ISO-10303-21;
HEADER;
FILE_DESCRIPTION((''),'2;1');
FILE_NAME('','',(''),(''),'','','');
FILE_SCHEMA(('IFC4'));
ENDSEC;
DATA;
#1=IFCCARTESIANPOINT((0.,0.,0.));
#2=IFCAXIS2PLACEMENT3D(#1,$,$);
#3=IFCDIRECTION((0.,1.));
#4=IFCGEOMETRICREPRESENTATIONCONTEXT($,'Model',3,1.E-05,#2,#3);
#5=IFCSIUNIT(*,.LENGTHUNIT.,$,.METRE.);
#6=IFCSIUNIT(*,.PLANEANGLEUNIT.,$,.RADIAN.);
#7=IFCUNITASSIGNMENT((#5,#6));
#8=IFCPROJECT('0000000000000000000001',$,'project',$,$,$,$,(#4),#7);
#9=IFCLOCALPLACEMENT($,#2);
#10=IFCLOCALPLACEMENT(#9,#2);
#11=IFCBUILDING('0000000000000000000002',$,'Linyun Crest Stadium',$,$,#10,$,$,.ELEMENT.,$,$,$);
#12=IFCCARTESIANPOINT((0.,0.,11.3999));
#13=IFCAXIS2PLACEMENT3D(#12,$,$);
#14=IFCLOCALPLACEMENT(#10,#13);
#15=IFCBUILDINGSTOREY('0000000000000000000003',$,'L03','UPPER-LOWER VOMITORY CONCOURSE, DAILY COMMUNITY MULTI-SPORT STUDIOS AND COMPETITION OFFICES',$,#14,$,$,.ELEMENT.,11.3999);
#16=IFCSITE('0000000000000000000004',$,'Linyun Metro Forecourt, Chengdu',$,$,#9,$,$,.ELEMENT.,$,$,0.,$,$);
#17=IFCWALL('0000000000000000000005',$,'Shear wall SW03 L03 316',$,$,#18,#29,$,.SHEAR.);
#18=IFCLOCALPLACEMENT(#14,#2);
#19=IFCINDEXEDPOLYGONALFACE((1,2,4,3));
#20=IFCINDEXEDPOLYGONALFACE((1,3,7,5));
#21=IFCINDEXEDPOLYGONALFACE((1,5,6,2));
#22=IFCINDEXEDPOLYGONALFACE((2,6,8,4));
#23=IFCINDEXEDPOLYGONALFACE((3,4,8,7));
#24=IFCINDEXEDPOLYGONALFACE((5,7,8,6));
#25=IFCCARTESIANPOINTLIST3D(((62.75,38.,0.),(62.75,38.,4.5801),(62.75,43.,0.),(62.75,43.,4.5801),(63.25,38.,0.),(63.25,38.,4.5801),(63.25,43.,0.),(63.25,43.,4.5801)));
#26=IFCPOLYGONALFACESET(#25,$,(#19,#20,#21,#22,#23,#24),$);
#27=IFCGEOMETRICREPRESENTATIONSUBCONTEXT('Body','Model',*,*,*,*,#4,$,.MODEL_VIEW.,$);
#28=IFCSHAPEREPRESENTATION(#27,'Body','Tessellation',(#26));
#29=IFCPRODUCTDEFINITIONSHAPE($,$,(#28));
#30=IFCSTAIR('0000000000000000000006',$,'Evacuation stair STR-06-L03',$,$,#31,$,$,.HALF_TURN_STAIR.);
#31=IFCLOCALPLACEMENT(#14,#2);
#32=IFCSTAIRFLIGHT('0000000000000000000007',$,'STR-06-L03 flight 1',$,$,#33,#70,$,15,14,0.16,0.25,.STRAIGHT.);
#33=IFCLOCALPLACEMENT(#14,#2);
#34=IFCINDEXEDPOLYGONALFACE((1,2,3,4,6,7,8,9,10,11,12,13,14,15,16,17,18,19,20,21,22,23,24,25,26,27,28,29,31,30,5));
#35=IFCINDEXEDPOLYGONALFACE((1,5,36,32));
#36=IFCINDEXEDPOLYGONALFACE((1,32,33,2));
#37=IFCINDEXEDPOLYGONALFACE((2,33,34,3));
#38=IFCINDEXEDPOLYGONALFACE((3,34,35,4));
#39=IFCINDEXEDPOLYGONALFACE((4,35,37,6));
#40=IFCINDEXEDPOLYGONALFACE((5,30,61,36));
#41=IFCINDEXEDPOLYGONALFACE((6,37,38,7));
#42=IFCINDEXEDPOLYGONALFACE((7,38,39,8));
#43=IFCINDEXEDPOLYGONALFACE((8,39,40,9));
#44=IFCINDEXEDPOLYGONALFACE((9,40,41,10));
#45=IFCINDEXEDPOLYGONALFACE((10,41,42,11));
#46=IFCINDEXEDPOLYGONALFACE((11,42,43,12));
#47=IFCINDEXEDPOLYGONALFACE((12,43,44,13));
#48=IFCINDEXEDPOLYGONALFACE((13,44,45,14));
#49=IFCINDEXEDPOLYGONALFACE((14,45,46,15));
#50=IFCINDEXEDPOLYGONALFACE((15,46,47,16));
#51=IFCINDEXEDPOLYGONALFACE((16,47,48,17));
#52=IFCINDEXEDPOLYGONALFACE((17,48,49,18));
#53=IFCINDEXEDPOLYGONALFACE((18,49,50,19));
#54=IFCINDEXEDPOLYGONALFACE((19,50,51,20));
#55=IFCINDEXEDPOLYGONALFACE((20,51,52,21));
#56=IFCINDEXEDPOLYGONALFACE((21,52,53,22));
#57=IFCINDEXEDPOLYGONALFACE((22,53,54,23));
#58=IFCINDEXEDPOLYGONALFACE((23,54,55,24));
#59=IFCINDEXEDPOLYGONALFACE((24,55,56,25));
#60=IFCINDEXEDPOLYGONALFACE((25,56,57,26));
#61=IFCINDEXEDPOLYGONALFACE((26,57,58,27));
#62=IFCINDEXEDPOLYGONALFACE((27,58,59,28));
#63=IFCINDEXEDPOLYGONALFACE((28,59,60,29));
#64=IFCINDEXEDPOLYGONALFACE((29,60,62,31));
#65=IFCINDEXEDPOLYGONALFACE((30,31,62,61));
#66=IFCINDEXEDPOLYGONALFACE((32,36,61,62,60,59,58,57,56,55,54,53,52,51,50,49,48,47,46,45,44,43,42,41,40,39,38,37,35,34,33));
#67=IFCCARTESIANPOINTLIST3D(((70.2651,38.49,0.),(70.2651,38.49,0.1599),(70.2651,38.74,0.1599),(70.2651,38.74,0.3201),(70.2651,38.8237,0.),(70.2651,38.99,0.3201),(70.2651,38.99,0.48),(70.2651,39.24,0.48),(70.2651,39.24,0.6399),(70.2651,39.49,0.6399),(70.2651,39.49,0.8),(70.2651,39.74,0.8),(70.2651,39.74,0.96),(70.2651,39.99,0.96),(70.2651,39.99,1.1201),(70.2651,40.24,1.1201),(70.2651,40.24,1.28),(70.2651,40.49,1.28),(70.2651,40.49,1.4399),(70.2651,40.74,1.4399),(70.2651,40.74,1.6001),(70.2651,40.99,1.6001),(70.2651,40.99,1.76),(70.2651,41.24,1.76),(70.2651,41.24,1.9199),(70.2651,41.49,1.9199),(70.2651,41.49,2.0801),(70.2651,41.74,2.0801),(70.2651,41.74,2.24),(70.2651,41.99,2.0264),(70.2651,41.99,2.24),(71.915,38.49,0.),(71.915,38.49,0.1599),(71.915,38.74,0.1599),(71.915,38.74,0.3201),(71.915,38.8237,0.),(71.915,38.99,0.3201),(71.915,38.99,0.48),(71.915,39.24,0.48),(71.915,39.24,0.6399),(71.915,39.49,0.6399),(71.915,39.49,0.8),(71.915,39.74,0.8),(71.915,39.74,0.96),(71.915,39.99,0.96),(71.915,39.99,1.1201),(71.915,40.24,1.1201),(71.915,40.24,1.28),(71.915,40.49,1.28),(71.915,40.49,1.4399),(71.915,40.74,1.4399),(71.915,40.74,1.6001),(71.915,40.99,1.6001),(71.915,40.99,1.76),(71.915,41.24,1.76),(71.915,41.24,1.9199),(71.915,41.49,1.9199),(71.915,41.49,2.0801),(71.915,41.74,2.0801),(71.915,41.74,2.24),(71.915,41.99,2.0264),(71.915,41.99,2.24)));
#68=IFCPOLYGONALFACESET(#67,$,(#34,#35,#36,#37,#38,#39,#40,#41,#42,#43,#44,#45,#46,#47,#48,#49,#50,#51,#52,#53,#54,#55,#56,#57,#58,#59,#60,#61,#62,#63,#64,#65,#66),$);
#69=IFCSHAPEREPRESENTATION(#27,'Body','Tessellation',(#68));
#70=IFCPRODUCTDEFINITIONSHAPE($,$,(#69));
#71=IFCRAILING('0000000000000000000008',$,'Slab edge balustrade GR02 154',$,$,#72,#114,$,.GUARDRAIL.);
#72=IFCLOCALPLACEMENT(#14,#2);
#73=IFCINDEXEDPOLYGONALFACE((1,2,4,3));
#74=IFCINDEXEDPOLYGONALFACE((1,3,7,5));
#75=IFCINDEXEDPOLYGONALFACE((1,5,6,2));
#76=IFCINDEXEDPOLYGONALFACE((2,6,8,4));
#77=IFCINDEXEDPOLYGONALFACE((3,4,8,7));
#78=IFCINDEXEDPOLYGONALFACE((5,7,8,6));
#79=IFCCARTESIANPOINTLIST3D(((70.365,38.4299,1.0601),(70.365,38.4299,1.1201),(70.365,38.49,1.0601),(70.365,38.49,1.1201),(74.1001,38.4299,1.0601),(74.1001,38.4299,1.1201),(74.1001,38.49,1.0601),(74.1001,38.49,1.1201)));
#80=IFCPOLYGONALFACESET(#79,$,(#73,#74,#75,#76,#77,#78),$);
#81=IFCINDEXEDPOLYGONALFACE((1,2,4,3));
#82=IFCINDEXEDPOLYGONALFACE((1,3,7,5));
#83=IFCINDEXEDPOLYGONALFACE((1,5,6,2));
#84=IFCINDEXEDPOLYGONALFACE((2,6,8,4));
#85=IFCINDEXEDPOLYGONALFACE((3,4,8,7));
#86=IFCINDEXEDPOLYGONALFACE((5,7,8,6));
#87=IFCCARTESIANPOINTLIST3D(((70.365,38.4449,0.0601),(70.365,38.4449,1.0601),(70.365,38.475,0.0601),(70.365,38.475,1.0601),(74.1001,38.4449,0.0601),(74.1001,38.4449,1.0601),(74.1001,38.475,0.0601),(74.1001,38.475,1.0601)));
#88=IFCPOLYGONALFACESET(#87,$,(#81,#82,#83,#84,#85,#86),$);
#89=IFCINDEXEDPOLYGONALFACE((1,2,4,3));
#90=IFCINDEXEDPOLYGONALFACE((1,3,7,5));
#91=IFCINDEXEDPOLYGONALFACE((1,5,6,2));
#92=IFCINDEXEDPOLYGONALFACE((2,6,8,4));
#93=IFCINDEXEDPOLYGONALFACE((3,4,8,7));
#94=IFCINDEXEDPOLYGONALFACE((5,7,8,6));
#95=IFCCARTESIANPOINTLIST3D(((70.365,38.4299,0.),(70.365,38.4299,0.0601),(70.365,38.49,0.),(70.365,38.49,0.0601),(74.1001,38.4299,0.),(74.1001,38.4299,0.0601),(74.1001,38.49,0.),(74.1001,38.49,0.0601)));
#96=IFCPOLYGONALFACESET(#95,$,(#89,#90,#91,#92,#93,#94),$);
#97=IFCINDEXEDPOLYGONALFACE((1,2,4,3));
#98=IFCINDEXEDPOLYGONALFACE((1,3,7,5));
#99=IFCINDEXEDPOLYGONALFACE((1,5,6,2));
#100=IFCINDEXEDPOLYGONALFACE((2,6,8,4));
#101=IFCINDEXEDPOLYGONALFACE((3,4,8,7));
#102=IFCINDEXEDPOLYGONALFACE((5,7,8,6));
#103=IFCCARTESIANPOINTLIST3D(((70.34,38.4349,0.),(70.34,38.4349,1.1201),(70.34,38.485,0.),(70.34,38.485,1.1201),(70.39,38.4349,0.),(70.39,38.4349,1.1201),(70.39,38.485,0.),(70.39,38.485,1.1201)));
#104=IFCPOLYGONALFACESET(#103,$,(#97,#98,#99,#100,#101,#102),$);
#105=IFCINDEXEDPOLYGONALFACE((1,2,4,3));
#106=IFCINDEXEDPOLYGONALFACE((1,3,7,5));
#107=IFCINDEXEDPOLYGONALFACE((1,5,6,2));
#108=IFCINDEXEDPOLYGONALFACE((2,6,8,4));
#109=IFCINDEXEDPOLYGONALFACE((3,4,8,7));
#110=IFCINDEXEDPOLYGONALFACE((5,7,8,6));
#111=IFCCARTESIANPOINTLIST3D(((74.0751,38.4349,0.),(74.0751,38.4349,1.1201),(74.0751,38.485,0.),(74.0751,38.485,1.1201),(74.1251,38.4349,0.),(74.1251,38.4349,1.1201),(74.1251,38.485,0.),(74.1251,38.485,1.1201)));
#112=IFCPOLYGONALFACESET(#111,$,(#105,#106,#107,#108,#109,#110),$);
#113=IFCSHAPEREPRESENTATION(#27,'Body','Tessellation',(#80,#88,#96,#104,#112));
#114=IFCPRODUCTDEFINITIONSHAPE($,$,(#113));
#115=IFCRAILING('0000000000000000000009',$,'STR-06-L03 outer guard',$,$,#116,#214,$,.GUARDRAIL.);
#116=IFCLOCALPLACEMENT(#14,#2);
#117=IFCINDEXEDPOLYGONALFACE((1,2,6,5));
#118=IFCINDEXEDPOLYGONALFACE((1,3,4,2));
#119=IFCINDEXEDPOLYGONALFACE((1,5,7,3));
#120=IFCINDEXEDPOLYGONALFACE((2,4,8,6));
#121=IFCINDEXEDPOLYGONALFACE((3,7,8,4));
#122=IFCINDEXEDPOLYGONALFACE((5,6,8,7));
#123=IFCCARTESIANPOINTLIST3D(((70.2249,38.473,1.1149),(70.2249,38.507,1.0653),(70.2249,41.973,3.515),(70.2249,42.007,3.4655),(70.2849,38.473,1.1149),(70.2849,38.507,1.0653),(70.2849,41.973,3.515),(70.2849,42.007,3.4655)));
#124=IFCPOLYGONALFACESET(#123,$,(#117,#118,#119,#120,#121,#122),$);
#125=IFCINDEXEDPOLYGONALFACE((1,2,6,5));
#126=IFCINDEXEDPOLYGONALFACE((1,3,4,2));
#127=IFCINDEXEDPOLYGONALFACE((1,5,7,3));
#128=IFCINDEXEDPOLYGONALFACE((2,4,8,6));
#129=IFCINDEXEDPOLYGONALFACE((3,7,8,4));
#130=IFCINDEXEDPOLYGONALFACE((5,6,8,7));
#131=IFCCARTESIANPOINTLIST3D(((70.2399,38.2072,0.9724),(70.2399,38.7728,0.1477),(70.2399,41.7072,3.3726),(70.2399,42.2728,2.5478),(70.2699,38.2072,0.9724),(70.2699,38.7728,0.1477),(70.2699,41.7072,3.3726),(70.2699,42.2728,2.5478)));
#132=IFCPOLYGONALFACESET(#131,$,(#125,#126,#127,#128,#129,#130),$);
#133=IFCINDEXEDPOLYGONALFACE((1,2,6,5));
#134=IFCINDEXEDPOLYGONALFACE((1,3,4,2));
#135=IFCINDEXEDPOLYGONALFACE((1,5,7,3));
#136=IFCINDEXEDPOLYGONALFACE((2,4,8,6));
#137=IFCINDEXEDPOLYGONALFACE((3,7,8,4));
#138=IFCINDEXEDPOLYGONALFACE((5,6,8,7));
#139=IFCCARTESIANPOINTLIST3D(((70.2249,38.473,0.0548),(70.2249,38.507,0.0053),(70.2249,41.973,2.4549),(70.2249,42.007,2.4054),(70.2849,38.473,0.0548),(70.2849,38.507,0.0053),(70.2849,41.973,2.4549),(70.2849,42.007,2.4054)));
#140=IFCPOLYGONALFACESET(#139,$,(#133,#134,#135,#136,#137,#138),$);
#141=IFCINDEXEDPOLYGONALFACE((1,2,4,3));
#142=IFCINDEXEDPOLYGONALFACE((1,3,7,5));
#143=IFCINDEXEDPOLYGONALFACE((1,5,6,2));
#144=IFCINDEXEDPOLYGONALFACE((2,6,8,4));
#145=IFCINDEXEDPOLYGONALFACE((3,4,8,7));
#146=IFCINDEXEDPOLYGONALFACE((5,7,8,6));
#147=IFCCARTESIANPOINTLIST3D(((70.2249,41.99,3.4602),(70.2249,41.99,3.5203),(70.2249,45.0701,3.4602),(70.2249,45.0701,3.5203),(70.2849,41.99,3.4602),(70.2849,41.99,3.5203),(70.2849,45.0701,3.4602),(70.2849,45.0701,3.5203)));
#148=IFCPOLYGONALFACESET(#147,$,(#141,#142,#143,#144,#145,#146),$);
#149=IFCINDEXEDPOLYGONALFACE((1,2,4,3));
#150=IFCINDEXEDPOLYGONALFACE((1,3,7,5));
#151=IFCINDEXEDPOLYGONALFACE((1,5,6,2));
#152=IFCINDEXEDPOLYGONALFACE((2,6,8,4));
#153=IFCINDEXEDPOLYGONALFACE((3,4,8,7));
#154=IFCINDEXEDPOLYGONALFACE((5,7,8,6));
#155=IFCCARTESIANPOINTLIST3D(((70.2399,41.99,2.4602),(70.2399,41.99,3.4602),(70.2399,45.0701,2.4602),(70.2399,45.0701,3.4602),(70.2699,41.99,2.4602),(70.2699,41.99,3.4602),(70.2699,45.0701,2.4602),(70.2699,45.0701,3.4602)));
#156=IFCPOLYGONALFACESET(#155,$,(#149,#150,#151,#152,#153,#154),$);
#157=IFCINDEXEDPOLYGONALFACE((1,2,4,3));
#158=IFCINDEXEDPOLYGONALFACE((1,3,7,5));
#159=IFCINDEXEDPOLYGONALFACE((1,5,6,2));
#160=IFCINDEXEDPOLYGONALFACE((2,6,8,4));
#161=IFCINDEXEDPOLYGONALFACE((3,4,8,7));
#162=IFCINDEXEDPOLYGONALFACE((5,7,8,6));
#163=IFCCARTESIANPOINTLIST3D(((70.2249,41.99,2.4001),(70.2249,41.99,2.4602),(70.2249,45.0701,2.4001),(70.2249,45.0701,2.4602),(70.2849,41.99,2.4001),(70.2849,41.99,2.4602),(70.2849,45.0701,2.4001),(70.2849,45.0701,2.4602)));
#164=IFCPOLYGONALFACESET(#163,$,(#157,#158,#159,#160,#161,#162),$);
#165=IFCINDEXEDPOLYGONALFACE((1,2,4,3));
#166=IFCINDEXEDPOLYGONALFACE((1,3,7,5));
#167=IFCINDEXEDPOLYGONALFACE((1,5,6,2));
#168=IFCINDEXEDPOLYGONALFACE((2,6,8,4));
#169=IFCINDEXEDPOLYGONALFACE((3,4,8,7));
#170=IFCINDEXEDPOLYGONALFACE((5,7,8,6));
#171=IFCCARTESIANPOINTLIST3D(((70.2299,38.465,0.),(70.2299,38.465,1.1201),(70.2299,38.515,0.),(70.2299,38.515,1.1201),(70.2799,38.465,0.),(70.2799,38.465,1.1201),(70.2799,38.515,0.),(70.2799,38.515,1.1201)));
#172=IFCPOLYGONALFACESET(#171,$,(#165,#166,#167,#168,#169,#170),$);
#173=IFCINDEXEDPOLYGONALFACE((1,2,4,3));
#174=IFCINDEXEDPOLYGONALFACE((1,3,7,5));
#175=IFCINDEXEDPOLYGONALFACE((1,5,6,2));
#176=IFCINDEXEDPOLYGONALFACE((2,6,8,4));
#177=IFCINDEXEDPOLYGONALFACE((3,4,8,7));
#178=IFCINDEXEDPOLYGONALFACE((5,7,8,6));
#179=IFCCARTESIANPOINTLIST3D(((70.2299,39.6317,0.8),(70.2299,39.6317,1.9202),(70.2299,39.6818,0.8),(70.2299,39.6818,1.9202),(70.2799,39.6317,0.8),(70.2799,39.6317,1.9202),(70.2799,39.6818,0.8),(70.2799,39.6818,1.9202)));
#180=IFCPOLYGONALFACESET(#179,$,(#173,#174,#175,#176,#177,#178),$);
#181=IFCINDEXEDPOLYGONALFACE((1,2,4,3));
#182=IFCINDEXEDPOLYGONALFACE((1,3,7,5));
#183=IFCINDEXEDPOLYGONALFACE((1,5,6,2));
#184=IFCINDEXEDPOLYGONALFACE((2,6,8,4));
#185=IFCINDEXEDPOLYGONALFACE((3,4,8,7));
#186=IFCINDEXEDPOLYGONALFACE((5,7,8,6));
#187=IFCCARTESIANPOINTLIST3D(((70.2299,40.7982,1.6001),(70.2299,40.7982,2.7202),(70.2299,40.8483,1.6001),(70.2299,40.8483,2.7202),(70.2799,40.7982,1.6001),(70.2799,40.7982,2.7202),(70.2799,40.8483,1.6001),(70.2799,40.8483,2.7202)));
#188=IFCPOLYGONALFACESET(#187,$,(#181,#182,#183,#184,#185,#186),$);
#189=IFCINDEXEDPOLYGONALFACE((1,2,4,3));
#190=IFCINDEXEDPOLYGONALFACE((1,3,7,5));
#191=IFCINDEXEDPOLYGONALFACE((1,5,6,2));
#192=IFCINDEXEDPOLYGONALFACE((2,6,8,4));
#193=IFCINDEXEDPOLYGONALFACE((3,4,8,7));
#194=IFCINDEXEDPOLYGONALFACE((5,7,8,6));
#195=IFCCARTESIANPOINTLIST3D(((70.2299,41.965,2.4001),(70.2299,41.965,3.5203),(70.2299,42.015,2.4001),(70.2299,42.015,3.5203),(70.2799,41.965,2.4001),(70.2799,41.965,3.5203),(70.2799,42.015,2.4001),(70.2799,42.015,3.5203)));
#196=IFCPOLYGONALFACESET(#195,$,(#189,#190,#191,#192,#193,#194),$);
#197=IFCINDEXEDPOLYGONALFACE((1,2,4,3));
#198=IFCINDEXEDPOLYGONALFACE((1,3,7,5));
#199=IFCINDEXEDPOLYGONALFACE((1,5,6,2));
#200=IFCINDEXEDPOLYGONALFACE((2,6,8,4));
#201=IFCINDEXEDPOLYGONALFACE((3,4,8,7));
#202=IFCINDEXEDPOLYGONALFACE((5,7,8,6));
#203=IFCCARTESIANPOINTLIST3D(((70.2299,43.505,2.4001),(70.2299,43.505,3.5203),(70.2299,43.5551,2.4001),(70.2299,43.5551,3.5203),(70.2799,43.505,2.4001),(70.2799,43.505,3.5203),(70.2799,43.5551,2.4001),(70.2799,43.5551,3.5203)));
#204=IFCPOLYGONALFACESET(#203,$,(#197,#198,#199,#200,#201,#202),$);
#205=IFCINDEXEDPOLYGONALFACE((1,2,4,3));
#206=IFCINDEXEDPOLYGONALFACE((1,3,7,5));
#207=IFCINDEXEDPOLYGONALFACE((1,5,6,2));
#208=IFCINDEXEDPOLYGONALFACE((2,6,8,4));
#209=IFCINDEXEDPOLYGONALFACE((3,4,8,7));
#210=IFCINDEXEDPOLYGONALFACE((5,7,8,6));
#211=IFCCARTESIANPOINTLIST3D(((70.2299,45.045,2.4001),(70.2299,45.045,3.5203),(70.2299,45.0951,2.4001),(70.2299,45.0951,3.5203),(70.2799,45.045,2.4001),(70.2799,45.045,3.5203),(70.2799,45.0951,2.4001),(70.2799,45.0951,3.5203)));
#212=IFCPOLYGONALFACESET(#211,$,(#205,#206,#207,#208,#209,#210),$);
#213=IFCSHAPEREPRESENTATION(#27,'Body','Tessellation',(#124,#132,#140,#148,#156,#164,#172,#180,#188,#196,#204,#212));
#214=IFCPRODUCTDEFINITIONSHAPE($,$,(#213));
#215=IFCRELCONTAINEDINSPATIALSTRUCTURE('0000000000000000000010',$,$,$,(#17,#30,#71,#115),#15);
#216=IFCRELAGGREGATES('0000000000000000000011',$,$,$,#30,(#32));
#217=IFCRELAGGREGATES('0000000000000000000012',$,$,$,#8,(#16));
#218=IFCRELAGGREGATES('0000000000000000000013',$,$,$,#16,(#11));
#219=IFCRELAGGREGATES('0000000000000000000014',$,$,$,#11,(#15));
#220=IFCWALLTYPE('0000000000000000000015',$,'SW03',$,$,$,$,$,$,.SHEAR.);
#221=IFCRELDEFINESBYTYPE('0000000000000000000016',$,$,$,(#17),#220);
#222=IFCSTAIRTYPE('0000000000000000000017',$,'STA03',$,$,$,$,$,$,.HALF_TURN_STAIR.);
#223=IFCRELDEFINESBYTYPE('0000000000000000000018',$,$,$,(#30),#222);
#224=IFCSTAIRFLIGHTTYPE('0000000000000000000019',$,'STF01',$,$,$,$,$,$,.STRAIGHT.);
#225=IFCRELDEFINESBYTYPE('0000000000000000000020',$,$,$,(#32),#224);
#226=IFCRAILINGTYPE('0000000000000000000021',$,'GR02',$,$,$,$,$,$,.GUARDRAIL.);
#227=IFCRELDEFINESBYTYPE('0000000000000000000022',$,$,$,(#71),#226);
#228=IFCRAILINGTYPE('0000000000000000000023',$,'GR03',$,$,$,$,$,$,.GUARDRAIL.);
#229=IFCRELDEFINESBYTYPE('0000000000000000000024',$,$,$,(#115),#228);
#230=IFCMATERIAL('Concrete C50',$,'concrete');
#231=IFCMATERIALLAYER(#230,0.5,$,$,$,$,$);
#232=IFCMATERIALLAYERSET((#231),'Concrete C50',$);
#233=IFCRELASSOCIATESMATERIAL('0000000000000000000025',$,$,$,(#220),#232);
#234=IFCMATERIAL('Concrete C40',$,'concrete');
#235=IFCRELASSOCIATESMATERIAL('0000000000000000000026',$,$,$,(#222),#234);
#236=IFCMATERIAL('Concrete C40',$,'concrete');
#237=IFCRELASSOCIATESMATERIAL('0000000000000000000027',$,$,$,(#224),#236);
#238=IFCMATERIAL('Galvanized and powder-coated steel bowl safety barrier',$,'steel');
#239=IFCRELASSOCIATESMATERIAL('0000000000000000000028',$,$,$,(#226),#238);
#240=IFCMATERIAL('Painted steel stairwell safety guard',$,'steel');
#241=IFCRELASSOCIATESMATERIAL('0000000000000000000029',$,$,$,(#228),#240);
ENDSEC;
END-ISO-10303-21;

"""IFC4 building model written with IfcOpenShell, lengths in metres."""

from ifc_helpers import new_model, si_unit, direction, frame, frame_2d, origin, origin_2d, place, context, subcontext, project, spatial, polyline, rectangle, outline, extrude, material, layer, layer_set, type_object, element, aggregate, save


model = new_model("IFC4")

# Units and contexts
model_context = context("Model", 3, precision=1e-05, world=origin(), true_north=direction((0.0, 1.0)))
body_context = subcontext(model_context, "Body", "Model", "MODEL_VIEW")
ifc_project = project(units=[si_unit("LENGTHUNIT", "METRE"), si_unit("PLANEANGLEUNIT", "RADIAN")], contexts=[model_context])

# Site, building, storey
site_placement = place(None, origin())
site = spatial("IfcSite", under=ifc_project, at=site_placement, Name="Linyun Metro Forecourt, Chengdu", CompositionType="ELEMENT", RefElevation=0.0)
building_placement = place(site_placement, origin())
building = spatial("IfcBuilding", under=site, at=building_placement, Name="Linyun Crest Stadium", CompositionType="ELEMENT")
storey_placement = place(building_placement, frame((0.0, 0.0, 11.3999)))
storey = spatial("IfcBuildingStorey", under=building, at=storey_placement, Name="L03", Description="UPPER-LOWER VOMITORY CONCOURSE, DAILY COMMUNITY MULTI-SPORT STUDIOS AND COMPETITION OFFICES", CompositionType="ELEMENT", Elevation=11.3999)

# Wall
ifc_material_1 = material(Name="Concrete C50", Category="concrete")
ifc_layer_1 = layer(ifc_material_1, 0.5)
ifc_layer_set_1 = layer_set([ifc_layer_1], Name="Concrete C50")
wall_type_1 = type_object("IfcWallType", Name="SW03", PredefinedType="SHEAR", material=ifc_layer_set_1)
wall_1_placement = place(storey_placement, frame((63.0, 38.0, 0.0), z_axis=(0.0, 0.0, 1.0), x_axis=(0.0, 1.0, 0.0)))
element("IfcWall", 1, at=wall_1_placement, inside=storey, type_object=wall_type_1, Name="Shear wall SW03 L03 316", PredefinedType="SHEAR", context=body_context, shape_type="SweptSolid", body=[
    extrude(rectangle(XDim=5.0, YDim=0.5, at=frame_2d((2.5, 0.0))), origin(), (0.0, 0.0, 1.0), 4.5801),
])

# Stair, stair flight
ifc_material_2 = material(Name="Concrete C40", Category="concrete")
stair_type = type_object("IfcStairType", Name="STA03", PredefinedType="HALF_TURN_STAIR", material=ifc_material_2)
stair_placement = place(storey_placement, origin())
stair = element("IfcStair", 2, at=stair_placement, inside=storey, type_object=stair_type, Name="Evacuation stair STR-06-L03", PredefinedType="HALF_TURN_STAIR")
ifc_material_3 = material(Name="Concrete C40", Category="concrete")
stair_flight_type = type_object("IfcStairFlightType", Name="STF01", PredefinedType="STRAIGHT", material=ifc_material_3)
stair_flight_placement = place(storey_placement, frame((71.0901, 38.49, 0.0), z_axis=(0.0, 0.0, 1.0), x_axis=(0.0, 1.0, 0.0)))
stair_flight = element("IfcStairFlight", 3, at=stair_flight_placement, type_object=stair_flight_type, Name="STR-06-L03 flight 1", NumberOfRisers=15, NumberOfTreads=14, PredefinedType="STRAIGHT", RiserHeight=0.16, TreadLength=0.25, context=body_context, shape_type="SweptSolid", body=[
    extrude(outline(polyline([(0.0, 0.0), (0.0, 0.1599), (0.25, 0.1599), (0.25, 0.3201), (0.5, 0.3201), (0.5, 0.48), (0.75, 0.48), (0.75, 0.6399), (1.0, 0.6399), (1.0, 0.8), (1.25, 0.8), (1.25, 0.96), (1.5, 0.96), (1.5, 1.1201), (1.75, 1.1201), (1.75, 1.28), (2.0, 1.28), (2.0, 1.4399), (2.25, 1.4399), (2.25, 1.6001), (2.5, 1.6001), (2.5, 1.76), (2.75, 1.76), (2.75, 1.9199), (3.0, 1.9199), (3.0, 2.0801), (3.25, 2.0801), (3.25, 2.24), (3.5, 2.24), (3.5, 2.3999), (3.5, 2.0264), (0.3337, 0.0), (0.0, 0.0)])), frame((0.0, 0.825, 0.0), z_axis=(0.0, -1.0, 0.0), x_axis=(1.0, 0.0, 0.0)), (0.0, 0.0, 1.0), 1.6499),
])
aggregate(stair, [stair_flight])

# Railings
ifc_material_4 = material(Name="Galvanized and powder-coated steel bowl safety barrier", Category="steel")
railing_type_1 = type_object("IfcRailingType", Name="GR02", PredefinedType="GUARDRAIL", material=ifc_material_4)
railing_1_placement = place(storey_placement, frame((70.365, 38.46, 0.0)))
element("IfcRailing", 4, at=railing_1_placement, inside=storey, type_object=railing_type_1, Name="Slab edge balustrade GR02 154", PredefinedType="GUARDRAIL", context=body_context, shape_type="SweptSolid", body=[
    extrude(rectangle(XDim=0.0601, YDim=0.0601, at=origin_2d()), frame((0.0, 0.0, 1.0901), z_axis=(1.0, 0.0, 0.0), x_axis=(0.0, 1.0, 0.0)), (0.0, 0.0, 1.0), 3.7351),
    extrude(rectangle(XDim=0.03, YDim=1.0, at=origin_2d()), frame((0.0, 0.0, 0.5601), z_axis=(1.0, 0.0, 0.0), x_axis=(0.0, 1.0, 0.0)), (0.0, 0.0, 1.0), 3.7351),
    extrude(rectangle(XDim=0.0601, YDim=0.0601, at=origin_2d()), frame((0.0, 0.0, 0.03), z_axis=(1.0, 0.0, 0.0), x_axis=(0.0, 1.0, 0.0)), (0.0, 0.0, 1.0), 3.7351),
    extrude(rectangle(XDim=0.05, YDim=0.05, at=origin_2d()), origin(), (0.0, 0.0, 1.0), 1.1201),
    extrude(rectangle(XDim=0.05, YDim=0.05, at=origin_2d()), frame((3.7351, 0.0, 0.0)), (0.0, 0.0, 1.0), 1.1201),
])
ifc_material_5 = material(Name="Painted steel stairwell safety guard", Category="steel")
railing_type_2 = type_object("IfcRailingType", Name="GR03", PredefinedType="GUARDRAIL", material=ifc_material_5)
railing_2_placement = place(storey_placement, frame((70.2549, 38.49, 0.0)))
element("IfcRailing", 5, at=railing_2_placement, inside=storey, type_object=railing_type_2, Name="STR-06-L03 outer guard", PredefinedType="GUARDRAIL", context=body_context, shape_type="SweptSolid", body=[
    extrude(rectangle(XDim=0.0601, YDim=0.0601, at=origin_2d()), frame((0.0, 0.0, 1.0901), z_axis=(0.0, 0.824713, 0.565552), x_axis=(-1.0, 0.0, 0.0)), (0.0, 0.0, 1.0), 4.2439),
    extrude(rectangle(XDim=0.03, YDim=1.0, at=origin_2d()), frame((0.0, 0.0, 0.5601), z_axis=(0.0, 0.824713, 0.565552), x_axis=(-1.0, 0.0, 0.0)), (0.0, 0.0, 1.0), 4.2439),
    extrude(rectangle(XDim=0.0601, YDim=0.0601, at=origin_2d()), frame((0.0, 0.0, 0.03), z_axis=(0.0, 0.824713, 0.565552), x_axis=(-1.0, 0.0, 0.0)), (0.0, 0.0, 1.0), 4.2439),
    extrude(rectangle(XDim=0.0601, YDim=0.0601, at=origin_2d()), frame((0.0, 3.5, 3.4902), z_axis=(0.0, 1.0, 0.0), x_axis=(-1.0, 0.0, 0.0)), (0.0, 0.0, 1.0), 3.0801),
    extrude(rectangle(XDim=0.03, YDim=1.0, at=origin_2d()), frame((0.0, 3.5, 2.9602), z_axis=(0.0, 1.0, 0.0), x_axis=(-1.0, 0.0, 0.0)), (0.0, 0.0, 1.0), 3.0801),
    extrude(rectangle(XDim=0.0601, YDim=0.0601, at=origin_2d()), frame((0.0, 3.5, 2.4302), z_axis=(0.0, 1.0, 0.0), x_axis=(-1.0, 0.0, 0.0)), (0.0, 0.0, 1.0), 3.0801),
    extrude(rectangle(XDim=0.05, YDim=0.05, at=origin_2d()), origin(), (0.0, 0.0, 1.0), 1.1201),
    extrude(rectangle(XDim=0.05, YDim=0.05, at=origin_2d()), frame((0.0, 1.1667, 0.8)), (0.0, 0.0, 1.0), 1.1201),
    extrude(rectangle(XDim=0.05, YDim=0.05, at=origin_2d()), frame((0.0, 2.3333, 1.6001)), (0.0, 0.0, 1.0), 1.1201),
    extrude(rectangle(XDim=0.05, YDim=0.05, at=origin_2d()), frame((0.0, 3.5, 2.4001)), (0.0, 0.0, 1.0), 1.1201),
    extrude(rectangle(XDim=0.05, YDim=0.05, at=origin_2d()), frame((0.0, 5.04, 2.4001)), (0.0, 0.0, 1.0), 1.1201),
    extrude(rectangle(XDim=0.05, YDim=0.05, at=origin_2d()), frame((0.0, 6.5801, 2.4001)), (0.0, 0.0, 1.0), 1.1201),
])

save(model, "model.ifc")
